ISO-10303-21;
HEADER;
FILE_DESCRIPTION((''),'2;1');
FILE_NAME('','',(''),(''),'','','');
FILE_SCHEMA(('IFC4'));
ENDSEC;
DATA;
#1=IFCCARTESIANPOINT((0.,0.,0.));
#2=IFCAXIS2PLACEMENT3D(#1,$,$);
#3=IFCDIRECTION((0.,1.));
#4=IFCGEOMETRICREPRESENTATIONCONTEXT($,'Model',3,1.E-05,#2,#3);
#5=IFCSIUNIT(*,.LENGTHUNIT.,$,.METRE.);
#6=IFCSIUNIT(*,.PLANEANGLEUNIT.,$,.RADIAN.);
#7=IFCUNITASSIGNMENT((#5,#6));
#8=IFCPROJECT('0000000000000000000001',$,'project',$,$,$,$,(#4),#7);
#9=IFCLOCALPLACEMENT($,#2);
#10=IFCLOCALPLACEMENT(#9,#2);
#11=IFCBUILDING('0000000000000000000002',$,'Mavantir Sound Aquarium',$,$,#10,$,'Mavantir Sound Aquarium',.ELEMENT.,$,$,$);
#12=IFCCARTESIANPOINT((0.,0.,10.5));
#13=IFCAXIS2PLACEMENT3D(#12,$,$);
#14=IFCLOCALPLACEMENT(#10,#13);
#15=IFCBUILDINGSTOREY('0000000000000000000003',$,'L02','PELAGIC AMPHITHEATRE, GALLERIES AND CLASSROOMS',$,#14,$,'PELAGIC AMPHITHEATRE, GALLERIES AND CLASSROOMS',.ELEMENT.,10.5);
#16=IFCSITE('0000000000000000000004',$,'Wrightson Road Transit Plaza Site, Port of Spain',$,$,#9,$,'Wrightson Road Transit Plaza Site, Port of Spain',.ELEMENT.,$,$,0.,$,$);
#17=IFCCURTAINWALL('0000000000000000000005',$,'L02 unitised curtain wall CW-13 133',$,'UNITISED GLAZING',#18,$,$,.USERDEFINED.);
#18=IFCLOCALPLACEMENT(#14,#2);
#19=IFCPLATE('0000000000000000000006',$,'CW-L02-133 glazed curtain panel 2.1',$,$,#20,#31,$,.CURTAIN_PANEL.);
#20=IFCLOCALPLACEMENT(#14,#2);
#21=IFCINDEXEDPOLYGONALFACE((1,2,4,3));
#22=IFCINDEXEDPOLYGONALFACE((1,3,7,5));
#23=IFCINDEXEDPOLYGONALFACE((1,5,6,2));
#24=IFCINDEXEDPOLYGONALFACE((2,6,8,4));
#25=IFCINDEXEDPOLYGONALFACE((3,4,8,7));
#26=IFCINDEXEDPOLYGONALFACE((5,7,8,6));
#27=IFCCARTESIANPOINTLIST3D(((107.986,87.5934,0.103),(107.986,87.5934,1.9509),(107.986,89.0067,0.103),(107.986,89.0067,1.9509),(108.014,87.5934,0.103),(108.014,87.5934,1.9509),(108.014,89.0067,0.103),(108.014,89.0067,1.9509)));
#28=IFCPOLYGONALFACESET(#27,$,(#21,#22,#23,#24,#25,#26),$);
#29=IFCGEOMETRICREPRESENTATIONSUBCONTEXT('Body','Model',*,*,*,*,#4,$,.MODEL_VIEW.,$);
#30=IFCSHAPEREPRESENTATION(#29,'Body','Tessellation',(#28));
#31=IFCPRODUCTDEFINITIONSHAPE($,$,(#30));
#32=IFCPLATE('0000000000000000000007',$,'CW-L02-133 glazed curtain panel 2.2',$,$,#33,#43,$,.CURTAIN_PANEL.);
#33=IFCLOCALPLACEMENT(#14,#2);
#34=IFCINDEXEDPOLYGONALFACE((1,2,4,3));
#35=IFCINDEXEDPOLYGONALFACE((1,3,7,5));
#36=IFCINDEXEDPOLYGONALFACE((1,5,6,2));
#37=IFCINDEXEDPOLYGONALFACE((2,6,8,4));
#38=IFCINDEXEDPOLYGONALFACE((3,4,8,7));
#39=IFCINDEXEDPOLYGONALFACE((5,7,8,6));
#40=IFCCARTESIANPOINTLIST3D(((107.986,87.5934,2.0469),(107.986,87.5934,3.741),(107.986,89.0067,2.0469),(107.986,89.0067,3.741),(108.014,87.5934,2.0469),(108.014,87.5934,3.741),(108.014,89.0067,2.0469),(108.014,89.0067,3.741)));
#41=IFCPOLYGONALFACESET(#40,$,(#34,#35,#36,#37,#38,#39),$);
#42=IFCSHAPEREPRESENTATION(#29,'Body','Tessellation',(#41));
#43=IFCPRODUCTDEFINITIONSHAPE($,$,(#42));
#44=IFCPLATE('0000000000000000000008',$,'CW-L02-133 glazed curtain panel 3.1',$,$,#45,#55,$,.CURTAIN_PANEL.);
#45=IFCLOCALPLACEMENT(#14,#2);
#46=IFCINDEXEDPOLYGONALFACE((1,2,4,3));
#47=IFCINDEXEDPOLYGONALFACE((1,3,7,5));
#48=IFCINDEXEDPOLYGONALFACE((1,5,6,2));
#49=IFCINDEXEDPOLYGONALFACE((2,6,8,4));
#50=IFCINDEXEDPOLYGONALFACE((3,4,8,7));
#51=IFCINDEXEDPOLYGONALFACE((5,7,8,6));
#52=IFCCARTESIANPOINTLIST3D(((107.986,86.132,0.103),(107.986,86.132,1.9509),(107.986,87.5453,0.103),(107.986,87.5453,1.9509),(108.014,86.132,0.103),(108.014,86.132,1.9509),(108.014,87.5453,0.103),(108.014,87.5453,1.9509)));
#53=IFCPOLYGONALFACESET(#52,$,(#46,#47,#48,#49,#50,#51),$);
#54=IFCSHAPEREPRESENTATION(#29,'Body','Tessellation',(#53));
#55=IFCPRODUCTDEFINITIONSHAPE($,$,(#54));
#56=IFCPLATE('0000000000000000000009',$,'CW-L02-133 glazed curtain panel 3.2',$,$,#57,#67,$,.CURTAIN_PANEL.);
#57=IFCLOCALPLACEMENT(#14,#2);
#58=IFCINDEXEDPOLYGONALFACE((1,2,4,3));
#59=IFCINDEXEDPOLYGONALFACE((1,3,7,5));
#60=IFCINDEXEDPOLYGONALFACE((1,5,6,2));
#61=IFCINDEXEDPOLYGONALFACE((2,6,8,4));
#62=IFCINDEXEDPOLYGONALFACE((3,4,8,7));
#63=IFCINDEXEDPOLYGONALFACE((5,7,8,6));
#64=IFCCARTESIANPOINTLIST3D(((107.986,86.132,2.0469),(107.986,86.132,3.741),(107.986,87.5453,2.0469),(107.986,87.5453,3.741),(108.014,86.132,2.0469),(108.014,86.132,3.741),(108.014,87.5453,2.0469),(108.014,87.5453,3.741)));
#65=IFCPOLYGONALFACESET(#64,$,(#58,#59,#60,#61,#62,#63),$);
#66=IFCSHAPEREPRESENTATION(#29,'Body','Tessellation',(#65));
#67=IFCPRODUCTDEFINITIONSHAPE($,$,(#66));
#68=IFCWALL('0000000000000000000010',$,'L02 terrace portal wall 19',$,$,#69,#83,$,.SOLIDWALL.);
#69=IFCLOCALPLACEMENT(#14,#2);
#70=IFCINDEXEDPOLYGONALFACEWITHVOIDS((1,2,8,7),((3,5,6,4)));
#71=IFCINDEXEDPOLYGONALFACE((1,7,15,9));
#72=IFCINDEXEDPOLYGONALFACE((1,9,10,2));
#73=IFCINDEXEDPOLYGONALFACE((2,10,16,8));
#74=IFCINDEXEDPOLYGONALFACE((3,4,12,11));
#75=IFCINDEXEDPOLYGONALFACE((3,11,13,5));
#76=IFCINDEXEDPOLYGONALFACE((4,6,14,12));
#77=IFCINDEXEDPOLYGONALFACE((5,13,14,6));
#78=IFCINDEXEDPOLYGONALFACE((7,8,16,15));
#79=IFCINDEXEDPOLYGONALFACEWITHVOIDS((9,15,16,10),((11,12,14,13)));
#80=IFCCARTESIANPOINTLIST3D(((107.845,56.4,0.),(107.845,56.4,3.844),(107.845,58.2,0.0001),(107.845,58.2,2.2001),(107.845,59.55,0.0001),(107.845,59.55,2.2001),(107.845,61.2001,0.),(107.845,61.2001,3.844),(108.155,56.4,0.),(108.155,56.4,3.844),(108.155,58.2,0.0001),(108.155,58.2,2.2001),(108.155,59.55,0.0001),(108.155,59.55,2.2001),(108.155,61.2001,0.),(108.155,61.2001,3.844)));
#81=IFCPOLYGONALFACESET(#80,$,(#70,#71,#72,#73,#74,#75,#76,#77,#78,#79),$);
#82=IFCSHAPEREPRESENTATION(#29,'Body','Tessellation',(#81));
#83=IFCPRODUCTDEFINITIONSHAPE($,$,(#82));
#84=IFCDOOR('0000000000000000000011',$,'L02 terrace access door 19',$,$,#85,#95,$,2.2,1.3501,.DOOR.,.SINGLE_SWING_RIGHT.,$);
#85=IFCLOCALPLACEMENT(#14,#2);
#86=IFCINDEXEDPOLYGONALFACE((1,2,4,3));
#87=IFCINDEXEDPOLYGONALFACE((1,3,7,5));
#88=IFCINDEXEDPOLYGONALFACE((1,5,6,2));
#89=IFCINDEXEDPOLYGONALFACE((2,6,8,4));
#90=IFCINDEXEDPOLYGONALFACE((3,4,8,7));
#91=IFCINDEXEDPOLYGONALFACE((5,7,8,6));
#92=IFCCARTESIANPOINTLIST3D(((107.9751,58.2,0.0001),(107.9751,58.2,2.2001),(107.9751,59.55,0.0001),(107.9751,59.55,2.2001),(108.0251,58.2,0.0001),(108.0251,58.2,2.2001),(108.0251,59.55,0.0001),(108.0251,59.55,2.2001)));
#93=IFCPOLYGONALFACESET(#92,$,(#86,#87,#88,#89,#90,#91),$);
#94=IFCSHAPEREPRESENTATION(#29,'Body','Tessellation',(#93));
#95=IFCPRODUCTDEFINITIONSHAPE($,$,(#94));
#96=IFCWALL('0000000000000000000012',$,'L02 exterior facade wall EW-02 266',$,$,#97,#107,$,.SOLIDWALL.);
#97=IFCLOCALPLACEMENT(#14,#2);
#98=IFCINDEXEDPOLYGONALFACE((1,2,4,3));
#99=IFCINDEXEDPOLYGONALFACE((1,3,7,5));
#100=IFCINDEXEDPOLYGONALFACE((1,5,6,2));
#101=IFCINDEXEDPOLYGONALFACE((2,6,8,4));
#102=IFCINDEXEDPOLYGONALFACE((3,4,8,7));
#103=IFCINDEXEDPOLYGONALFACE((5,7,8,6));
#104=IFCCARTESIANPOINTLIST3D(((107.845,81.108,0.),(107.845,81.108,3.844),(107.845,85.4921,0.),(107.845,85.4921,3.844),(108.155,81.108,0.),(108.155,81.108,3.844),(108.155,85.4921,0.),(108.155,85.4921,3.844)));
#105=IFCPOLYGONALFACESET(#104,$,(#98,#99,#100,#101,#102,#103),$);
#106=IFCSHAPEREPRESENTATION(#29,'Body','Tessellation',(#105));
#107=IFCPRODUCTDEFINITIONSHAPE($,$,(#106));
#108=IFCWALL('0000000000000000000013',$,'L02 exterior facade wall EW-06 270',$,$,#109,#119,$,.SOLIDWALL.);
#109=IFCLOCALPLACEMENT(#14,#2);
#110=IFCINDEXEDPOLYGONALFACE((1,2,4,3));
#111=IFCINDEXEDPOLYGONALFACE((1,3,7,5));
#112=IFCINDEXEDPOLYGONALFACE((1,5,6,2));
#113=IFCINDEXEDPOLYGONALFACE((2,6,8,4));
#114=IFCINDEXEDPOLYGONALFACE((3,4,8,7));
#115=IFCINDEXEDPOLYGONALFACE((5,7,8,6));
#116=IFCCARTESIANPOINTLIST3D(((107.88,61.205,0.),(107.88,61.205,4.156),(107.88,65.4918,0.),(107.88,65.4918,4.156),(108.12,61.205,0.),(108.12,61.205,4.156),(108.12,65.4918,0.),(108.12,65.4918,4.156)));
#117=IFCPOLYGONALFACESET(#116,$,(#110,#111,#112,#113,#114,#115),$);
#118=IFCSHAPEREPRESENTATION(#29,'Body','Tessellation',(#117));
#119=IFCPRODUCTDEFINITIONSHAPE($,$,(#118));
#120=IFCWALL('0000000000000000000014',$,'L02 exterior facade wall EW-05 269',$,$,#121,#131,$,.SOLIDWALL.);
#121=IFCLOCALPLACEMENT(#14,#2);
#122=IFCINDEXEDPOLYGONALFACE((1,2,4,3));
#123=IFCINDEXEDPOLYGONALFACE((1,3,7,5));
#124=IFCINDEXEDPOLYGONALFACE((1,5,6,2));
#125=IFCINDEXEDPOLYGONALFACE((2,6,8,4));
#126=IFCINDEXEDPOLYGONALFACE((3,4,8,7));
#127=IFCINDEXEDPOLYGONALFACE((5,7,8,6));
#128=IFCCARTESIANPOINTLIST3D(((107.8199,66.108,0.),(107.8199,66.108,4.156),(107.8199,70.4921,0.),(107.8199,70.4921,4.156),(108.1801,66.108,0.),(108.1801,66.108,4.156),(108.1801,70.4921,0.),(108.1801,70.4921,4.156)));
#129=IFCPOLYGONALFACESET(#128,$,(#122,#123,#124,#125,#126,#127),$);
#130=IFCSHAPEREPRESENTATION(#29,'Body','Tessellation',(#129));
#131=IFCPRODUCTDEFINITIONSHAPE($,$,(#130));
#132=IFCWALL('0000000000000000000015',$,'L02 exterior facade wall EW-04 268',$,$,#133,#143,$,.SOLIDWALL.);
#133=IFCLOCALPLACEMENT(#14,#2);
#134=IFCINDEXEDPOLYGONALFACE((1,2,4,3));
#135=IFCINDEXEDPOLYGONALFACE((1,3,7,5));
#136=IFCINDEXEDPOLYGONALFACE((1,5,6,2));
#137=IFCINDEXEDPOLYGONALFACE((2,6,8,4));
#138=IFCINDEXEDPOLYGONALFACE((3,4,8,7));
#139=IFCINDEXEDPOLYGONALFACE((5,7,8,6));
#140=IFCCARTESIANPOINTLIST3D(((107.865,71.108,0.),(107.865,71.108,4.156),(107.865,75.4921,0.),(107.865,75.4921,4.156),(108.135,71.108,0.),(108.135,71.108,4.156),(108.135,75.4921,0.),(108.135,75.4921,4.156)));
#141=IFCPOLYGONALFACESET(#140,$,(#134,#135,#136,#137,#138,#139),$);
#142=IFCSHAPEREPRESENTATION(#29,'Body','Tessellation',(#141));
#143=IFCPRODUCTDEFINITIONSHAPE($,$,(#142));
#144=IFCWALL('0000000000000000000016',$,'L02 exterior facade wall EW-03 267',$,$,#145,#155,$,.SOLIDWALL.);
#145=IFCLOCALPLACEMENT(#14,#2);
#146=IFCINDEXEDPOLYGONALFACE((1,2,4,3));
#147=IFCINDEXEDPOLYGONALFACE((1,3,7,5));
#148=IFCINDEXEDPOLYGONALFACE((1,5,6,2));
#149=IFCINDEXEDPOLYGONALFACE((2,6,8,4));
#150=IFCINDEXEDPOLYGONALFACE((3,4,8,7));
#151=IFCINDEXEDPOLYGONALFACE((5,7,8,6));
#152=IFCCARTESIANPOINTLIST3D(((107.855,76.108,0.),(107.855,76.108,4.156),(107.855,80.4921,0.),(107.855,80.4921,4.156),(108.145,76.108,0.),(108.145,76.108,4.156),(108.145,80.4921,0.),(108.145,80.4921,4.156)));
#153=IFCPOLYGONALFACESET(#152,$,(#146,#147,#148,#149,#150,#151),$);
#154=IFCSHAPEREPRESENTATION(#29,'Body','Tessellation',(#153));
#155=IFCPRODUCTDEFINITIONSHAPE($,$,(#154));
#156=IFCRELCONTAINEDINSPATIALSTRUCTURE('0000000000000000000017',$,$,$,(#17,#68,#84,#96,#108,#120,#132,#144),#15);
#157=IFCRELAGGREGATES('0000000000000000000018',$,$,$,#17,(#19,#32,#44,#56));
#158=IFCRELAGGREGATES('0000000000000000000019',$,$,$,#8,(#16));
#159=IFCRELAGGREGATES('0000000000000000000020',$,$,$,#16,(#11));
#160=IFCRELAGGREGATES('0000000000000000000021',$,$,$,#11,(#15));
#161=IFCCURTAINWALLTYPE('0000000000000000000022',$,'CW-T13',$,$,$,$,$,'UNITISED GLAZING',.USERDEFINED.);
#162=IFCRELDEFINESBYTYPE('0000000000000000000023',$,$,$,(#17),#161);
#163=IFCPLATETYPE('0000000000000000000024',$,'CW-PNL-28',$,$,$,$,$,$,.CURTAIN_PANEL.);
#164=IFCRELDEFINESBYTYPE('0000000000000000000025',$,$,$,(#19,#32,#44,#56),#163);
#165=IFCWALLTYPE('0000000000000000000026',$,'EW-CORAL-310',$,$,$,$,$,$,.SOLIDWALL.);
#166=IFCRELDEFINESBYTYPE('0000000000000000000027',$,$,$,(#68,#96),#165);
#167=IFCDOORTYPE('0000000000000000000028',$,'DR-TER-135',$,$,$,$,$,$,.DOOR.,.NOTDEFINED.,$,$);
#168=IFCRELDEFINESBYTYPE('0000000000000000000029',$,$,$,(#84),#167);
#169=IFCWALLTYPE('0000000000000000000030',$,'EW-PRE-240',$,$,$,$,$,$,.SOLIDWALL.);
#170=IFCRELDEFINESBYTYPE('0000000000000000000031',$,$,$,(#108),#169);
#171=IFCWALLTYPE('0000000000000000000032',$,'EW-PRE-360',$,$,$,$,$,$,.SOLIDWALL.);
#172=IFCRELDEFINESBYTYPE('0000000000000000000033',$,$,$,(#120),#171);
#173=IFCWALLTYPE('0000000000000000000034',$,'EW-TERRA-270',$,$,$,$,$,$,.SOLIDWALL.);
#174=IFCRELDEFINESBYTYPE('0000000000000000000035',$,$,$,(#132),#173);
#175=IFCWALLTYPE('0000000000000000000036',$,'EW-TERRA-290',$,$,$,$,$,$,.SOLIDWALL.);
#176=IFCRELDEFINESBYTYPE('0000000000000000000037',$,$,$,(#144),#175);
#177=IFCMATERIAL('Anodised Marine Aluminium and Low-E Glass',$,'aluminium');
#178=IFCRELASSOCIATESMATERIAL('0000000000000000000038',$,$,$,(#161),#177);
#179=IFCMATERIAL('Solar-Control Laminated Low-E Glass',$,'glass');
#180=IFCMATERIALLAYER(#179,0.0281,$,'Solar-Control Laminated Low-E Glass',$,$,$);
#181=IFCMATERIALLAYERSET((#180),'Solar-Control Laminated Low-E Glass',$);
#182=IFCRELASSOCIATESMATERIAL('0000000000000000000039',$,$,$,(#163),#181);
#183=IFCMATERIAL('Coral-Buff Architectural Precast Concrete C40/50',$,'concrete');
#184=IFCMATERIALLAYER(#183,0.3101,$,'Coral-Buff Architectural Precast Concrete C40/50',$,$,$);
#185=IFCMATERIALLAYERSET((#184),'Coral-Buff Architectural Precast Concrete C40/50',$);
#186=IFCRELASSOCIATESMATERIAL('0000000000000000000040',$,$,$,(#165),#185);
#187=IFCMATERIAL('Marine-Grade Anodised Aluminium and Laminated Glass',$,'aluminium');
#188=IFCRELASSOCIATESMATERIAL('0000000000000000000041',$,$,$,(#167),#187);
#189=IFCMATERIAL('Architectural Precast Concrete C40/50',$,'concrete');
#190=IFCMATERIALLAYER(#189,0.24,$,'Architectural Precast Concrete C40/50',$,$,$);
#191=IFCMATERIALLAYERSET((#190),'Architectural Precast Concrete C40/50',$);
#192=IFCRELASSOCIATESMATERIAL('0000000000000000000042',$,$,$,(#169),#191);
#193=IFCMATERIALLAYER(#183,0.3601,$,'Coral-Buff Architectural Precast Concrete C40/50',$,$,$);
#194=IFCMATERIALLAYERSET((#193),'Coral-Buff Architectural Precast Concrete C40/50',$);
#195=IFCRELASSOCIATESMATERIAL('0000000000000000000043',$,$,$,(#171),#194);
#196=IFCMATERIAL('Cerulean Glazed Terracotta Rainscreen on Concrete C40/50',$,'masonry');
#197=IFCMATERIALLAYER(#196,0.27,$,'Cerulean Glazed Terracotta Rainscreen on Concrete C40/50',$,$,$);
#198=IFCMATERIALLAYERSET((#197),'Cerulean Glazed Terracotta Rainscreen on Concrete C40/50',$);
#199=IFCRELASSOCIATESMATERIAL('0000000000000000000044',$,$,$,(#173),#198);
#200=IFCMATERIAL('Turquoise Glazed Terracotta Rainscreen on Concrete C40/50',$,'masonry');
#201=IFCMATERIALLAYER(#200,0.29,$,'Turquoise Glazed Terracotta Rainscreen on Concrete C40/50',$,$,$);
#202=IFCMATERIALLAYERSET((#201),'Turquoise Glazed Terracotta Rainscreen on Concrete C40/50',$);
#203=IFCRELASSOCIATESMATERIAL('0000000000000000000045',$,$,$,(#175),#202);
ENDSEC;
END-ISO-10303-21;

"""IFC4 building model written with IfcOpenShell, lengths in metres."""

from ifc_helpers import new_model, si_unit, direction, frame, frame_2d, origin, origin_2d, place, context, subcontext, project, spatial, rectangle, extrude, material, layer, layer_set, type_object, element, fill, aggregate, save


model = new_model("IFC4")

# Units and contexts
model_context = context("Model", 3, precision=1e-05, world=origin(), true_north=direction((0.0, 1.0)))
body_context = subcontext(model_context, "Body", "Model", "MODEL_VIEW")
ifc_project = project(units=[si_unit("LENGTHUNIT", "METRE"), si_unit("PLANEANGLEUNIT", "RADIAN")], contexts=[model_context])

# Site, building, storey
site_placement = place(None, origin())
site = spatial("IfcSite", under=ifc_project, at=site_placement, Name="Wrightson Road Transit Plaza Site, Port of Spain", LongName="Wrightson Road Transit Plaza Site, Port of Spain", CompositionType="ELEMENT", RefElevation=0.0)
building_placement = place(site_placement, origin())
building = spatial("IfcBuilding", under=site, at=building_placement, Name="Mavantir Sound Aquarium", LongName="Mavantir Sound Aquarium", CompositionType="ELEMENT")
storey_placement = place(building_placement, frame((0.0, 0.0, 10.5)))
storey = spatial("IfcBuildingStorey", under=building, at=storey_placement, Name="L02", Description="PELAGIC AMPHITHEATRE, GALLERIES AND CLASSROOMS", LongName="PELAGIC AMPHITHEATRE, GALLERIES AND CLASSROOMS", CompositionType="ELEMENT", Elevation=10.5)

# Curtain wall, plates
ifc_material_1 = material(Name="Anodised Marine Aluminium and Low-E Glass", Category="aluminium")
curtain_wall_type = type_object("IfcCurtainWallType", Name="CW-T13", ElementType="UNITISED GLAZING", PredefinedType="USERDEFINED", material=ifc_material_1)
curtain_wall_placement = place(storey_placement, origin())
curtain_wall = element("IfcCurtainWall", 1, at=curtain_wall_placement, inside=storey, type_object=curtain_wall_type, Name="L02 unitised curtain wall CW-13 133", ObjectType="UNITISED GLAZING", PredefinedType="USERDEFINED")
ifc_material_2 = material(Name="Solar-Control Laminated Low-E Glass", Category="glass")
ifc_layer_1 = layer(ifc_material_2, 0.0281, Name="Solar-Control Laminated Low-E Glass")
ifc_layer_set_1 = layer_set([ifc_layer_1], Name="Solar-Control Laminated Low-E Glass")
plate_type = type_object("IfcPlateType", Name="CW-PNL-28", PredefinedType="CURTAIN_PANEL", material=ifc_layer_set_1)
plate_1_placement = place(storey_placement, frame((108.0, 88.3, 0.103), z_axis=(0.0, 0.0, 1.0), x_axis=(0.0, -1.0, 0.0)))
plate_1 = element("IfcPlate", 2, at=plate_1_placement, type_object=plate_type, Name="CW-L02-133 glazed curtain panel 2.1", PredefinedType="CURTAIN_PANEL", context=body_context, shape_type="SweptSolid", body=[
    extrude(rectangle(XDim=1.4133, YDim=0.0281, at=origin_2d()), origin(), (0.0, 0.0, 1.0), 1.8479),
])
plate_2_placement = place(storey_placement, frame((108.0, 88.3, 2.0469), z_axis=(0.0, 0.0, 1.0), x_axis=(0.0, -1.0, 0.0)))
plate_2 = element("IfcPlate", 3, at=plate_2_placement, type_object=plate_type, Name="CW-L02-133 glazed curtain panel 2.2", PredefinedType="CURTAIN_PANEL", context=body_context, shape_type="SweptSolid", body=[
    extrude(rectangle(XDim=1.4133, YDim=0.0281, at=origin_2d()), origin(), (0.0, 0.0, 1.0), 1.6941),
])
plate_3_placement = place(storey_placement, frame((108.0, 86.8386, 0.103), z_axis=(0.0, 0.0, 1.0), x_axis=(0.0, -1.0, 0.0)))
plate_3 = element("IfcPlate", 4, at=plate_3_placement, type_object=plate_type, Name="CW-L02-133 glazed curtain panel 3.1", PredefinedType="CURTAIN_PANEL", context=body_context, shape_type="SweptSolid", body=[
    extrude(rectangle(XDim=1.4133, YDim=0.0281, at=origin_2d()), origin(), (0.0, 0.0, 1.0), 1.8479),
])
plate_4_placement = place(storey_placement, frame((108.0, 86.8386, 2.0469), z_axis=(0.0, 0.0, 1.0), x_axis=(0.0, -1.0, 0.0)))
plate_4 = element("IfcPlate", 5, at=plate_4_placement, type_object=plate_type, Name="CW-L02-133 glazed curtain panel 3.2", PredefinedType="CURTAIN_PANEL", context=body_context, shape_type="SweptSolid", body=[
    extrude(rectangle(XDim=1.4133, YDim=0.0281, at=origin_2d()), origin(), (0.0, 0.0, 1.0), 1.6941),
])
aggregate(curtain_wall, [plate_1, plate_2, plate_3, plate_4])

# Wall, opening, door
ifc_material_3 = material(Name="Coral-Buff Architectural Precast Concrete C40/50", Category="concrete")
ifc_layer_2 = layer(ifc_material_3, 0.3101, Name="Coral-Buff Architectural Precast Concrete C40/50")
ifc_layer_set_2 = layer_set([ifc_layer_2], Name="Coral-Buff Architectural Precast Concrete C40/50")
wall_type_1 = type_object("IfcWallType", Name="EW-CORAL-310", PredefinedType="SOLIDWALL", material=ifc_layer_set_2)
wall_1_placement = place(storey_placement, frame((108.0, 61.2, 0.0), z_axis=(0.0, 0.0, 1.0), x_axis=(0.0, -1.0, 0.0)))
wall_1 = element("IfcWall", 6, at=wall_1_placement, inside=storey, type_object=wall_type_1, Name="L02 terrace portal wall 19", PredefinedType="SOLIDWALL", context=body_context, shape_type="SweptSolid", body=[
    extrude(rectangle(XDim=4.8, YDim=0.3101, at=frame_2d((2.3999, 0.0))), origin(), (0.0, 0.0, 1.0), 3.844),
])
opening_placement = place(wall_1_placement, frame((3.0, 0.0, 0.0), z_axis=(0.0, 0.0, 1.0), x_axis=(-1.0, 0.0, 0.0)))
opening = element("IfcOpeningElement", 7, at=opening_placement, cuts=wall_1, PredefinedType="OPENING", context=body_context, shape_type="SweptSolid", body=[
    extrude(rectangle(XDim=1.3501, YDim=2.2, at=frame_2d((0.675, 1.1001))), frame((0.0, 0.165, 0.0), z_axis=(0.0, -1.0, 0.0), x_axis=(1.0, 0.0, 0.0)), (0.0, 0.0, 1.0), 0.3301),
])
ifc_material_4 = material(Name="Marine-Grade Anodised Aluminium and Laminated Glass", Category="aluminium")
door_type = type_object("IfcDoorType", Name="DR-TER-135", OperationType="NOTDEFINED", PredefinedType="DOOR", material=ifc_material_4)
door_placement = place(opening_placement, origin())
door = element("IfcDoor", 8, at=door_placement, inside=storey, type_object=door_type, Name="L02 terrace access door 19", OperationType="SINGLE_SWING_RIGHT", OverallHeight=2.2, OverallWidth=1.3501, PredefinedType="DOOR", context=body_context, shape_type="SweptSolid", body=[
    extrude(rectangle(XDim=1.3501, YDim=2.2, at=frame_2d((0.675, 1.1001))), frame((0.0, 0.0249, 0.0), z_axis=(0.0, -1.0, 0.0), x_axis=(1.0, 0.0, 0.0)), (0.0, 0.0, 1.0), 0.05),
])
fill(opening, door)

# Walls
wall_2_placement = place(storey_placement, frame((108.0, 85.4919, 0.0), z_axis=(0.0, 0.0, 1.0), x_axis=(0.0, -1.0, 0.0)))
element("IfcWall", 9, at=wall_2_placement, inside=storey, type_object=wall_type_1, Name="L02 exterior facade wall EW-02 266", PredefinedType="SOLIDWALL", context=body_context, shape_type="SweptSolid", body=[
    extrude(rectangle(XDim=4.384, YDim=0.3101, at=frame_2d((2.1919, 0.0))), origin(), (0.0, 0.0, 1.0), 3.844),
])
ifc_material_5 = material(Name="Architectural Precast Concrete C40/50", Category="concrete")
ifc_layer_3 = layer(ifc_material_5, 0.24, Name="Architectural Precast Concrete C40/50")
ifc_layer_set_3 = layer_set([ifc_layer_3], Name="Architectural Precast Concrete C40/50")
wall_type_2 = type_object("IfcWallType", Name="EW-PRE-240", PredefinedType="SOLIDWALL", material=ifc_layer_set_3)
wall_3_placement = place(storey_placement, frame((108.0, 65.4919, 0.0), z_axis=(0.0, 0.0, 1.0), x_axis=(0.0, -1.0, 0.0)))
element("IfcWall", 10, at=wall_3_placement, inside=storey, type_object=wall_type_2, Name="L02 exterior facade wall EW-06 270", PredefinedType="SOLIDWALL", context=body_context, shape_type="SweptSolid", body=[
    extrude(rectangle(XDim=4.2869, YDim=0.24, at=frame_2d((2.1436, 0.0))), origin(), (0.0, 0.0, 1.0), 4.156),
])
ifc_layer_4 = layer(ifc_material_3, 0.3601, Name="Coral-Buff Architectural Precast Concrete C40/50")
ifc_layer_set_4 = layer_set([ifc_layer_4], Name="Coral-Buff Architectural Precast Concrete C40/50")
wall_type_3 = type_object("IfcWallType", Name="EW-PRE-360", PredefinedType="SOLIDWALL", material=ifc_layer_set_4)
wall_4_placement = place(storey_placement, frame((108.0, 70.4919, 0.0), z_axis=(0.0, 0.0, 1.0), x_axis=(0.0, -1.0, 0.0)))
element("IfcWall", 11, at=wall_4_placement, inside=storey, type_object=wall_type_3, Name="L02 exterior facade wall EW-05 269", PredefinedType="SOLIDWALL", context=body_context, shape_type="SweptSolid", body=[
    extrude(rectangle(XDim=4.384, YDim=0.3601, at=frame_2d((2.1919, 0.0))), origin(), (0.0, 0.0, 1.0), 4.156),
])
ifc_material_6 = material(Name="Cerulean Glazed Terracotta Rainscreen on Concrete C40/50", Category="masonry")
ifc_layer_5 = layer(ifc_material_6, 0.27, Name="Cerulean Glazed Terracotta Rainscreen on Concrete C40/50")
ifc_layer_set_5 = layer_set([ifc_layer_5], Name="Cerulean Glazed Terracotta Rainscreen on Concrete C40/50")
wall_type_4 = type_object("IfcWallType", Name="EW-TERRA-270", PredefinedType="SOLIDWALL", material=ifc_layer_set_5)
wall_5_placement = place(storey_placement, frame((108.0, 75.4919, 0.0), z_axis=(0.0, 0.0, 1.0), x_axis=(0.0, -1.0, 0.0)))
element("IfcWall", 12, at=wall_5_placement, inside=storey, type_object=wall_type_4, Name="L02 exterior facade wall EW-04 268", PredefinedType="SOLIDWALL", context=body_context, shape_type="SweptSolid", body=[
    extrude(rectangle(XDim=4.384, YDim=0.27, at=frame_2d((2.1919, 0.0))), origin(), (0.0, 0.0, 1.0), 4.156),
])
ifc_material_7 = material(Name="Turquoise Glazed Terracotta Rainscreen on Concrete C40/50", Category="masonry")
ifc_layer_6 = layer(ifc_material_7, 0.29, Name="Turquoise Glazed Terracotta Rainscreen on Concrete C40/50")
ifc_layer_set_6 = layer_set([ifc_layer_6], Name="Turquoise Glazed Terracotta Rainscreen on Concrete C40/50")
wall_type_5 = type_object("IfcWallType", Name="EW-TERRA-290", PredefinedType="SOLIDWALL", material=ifc_layer_set_6)
wall_6_placement = place(storey_placement, frame((108.0, 80.4919, 0.0), z_axis=(0.0, 0.0, 1.0), x_axis=(0.0, -1.0, 0.0)))
element("IfcWall", 13, at=wall_6_placement, inside=storey, type_object=wall_type_5, Name="L02 exterior facade wall EW-03 267", PredefinedType="SOLIDWALL", context=body_context, shape_type="SweptSolid", body=[
    extrude(rectangle(XDim=4.384, YDim=0.29, at=frame_2d((2.1919, 0.0))), origin(), (0.0, 0.0, 1.0), 4.156),
])

save(model, "model.ifc")
